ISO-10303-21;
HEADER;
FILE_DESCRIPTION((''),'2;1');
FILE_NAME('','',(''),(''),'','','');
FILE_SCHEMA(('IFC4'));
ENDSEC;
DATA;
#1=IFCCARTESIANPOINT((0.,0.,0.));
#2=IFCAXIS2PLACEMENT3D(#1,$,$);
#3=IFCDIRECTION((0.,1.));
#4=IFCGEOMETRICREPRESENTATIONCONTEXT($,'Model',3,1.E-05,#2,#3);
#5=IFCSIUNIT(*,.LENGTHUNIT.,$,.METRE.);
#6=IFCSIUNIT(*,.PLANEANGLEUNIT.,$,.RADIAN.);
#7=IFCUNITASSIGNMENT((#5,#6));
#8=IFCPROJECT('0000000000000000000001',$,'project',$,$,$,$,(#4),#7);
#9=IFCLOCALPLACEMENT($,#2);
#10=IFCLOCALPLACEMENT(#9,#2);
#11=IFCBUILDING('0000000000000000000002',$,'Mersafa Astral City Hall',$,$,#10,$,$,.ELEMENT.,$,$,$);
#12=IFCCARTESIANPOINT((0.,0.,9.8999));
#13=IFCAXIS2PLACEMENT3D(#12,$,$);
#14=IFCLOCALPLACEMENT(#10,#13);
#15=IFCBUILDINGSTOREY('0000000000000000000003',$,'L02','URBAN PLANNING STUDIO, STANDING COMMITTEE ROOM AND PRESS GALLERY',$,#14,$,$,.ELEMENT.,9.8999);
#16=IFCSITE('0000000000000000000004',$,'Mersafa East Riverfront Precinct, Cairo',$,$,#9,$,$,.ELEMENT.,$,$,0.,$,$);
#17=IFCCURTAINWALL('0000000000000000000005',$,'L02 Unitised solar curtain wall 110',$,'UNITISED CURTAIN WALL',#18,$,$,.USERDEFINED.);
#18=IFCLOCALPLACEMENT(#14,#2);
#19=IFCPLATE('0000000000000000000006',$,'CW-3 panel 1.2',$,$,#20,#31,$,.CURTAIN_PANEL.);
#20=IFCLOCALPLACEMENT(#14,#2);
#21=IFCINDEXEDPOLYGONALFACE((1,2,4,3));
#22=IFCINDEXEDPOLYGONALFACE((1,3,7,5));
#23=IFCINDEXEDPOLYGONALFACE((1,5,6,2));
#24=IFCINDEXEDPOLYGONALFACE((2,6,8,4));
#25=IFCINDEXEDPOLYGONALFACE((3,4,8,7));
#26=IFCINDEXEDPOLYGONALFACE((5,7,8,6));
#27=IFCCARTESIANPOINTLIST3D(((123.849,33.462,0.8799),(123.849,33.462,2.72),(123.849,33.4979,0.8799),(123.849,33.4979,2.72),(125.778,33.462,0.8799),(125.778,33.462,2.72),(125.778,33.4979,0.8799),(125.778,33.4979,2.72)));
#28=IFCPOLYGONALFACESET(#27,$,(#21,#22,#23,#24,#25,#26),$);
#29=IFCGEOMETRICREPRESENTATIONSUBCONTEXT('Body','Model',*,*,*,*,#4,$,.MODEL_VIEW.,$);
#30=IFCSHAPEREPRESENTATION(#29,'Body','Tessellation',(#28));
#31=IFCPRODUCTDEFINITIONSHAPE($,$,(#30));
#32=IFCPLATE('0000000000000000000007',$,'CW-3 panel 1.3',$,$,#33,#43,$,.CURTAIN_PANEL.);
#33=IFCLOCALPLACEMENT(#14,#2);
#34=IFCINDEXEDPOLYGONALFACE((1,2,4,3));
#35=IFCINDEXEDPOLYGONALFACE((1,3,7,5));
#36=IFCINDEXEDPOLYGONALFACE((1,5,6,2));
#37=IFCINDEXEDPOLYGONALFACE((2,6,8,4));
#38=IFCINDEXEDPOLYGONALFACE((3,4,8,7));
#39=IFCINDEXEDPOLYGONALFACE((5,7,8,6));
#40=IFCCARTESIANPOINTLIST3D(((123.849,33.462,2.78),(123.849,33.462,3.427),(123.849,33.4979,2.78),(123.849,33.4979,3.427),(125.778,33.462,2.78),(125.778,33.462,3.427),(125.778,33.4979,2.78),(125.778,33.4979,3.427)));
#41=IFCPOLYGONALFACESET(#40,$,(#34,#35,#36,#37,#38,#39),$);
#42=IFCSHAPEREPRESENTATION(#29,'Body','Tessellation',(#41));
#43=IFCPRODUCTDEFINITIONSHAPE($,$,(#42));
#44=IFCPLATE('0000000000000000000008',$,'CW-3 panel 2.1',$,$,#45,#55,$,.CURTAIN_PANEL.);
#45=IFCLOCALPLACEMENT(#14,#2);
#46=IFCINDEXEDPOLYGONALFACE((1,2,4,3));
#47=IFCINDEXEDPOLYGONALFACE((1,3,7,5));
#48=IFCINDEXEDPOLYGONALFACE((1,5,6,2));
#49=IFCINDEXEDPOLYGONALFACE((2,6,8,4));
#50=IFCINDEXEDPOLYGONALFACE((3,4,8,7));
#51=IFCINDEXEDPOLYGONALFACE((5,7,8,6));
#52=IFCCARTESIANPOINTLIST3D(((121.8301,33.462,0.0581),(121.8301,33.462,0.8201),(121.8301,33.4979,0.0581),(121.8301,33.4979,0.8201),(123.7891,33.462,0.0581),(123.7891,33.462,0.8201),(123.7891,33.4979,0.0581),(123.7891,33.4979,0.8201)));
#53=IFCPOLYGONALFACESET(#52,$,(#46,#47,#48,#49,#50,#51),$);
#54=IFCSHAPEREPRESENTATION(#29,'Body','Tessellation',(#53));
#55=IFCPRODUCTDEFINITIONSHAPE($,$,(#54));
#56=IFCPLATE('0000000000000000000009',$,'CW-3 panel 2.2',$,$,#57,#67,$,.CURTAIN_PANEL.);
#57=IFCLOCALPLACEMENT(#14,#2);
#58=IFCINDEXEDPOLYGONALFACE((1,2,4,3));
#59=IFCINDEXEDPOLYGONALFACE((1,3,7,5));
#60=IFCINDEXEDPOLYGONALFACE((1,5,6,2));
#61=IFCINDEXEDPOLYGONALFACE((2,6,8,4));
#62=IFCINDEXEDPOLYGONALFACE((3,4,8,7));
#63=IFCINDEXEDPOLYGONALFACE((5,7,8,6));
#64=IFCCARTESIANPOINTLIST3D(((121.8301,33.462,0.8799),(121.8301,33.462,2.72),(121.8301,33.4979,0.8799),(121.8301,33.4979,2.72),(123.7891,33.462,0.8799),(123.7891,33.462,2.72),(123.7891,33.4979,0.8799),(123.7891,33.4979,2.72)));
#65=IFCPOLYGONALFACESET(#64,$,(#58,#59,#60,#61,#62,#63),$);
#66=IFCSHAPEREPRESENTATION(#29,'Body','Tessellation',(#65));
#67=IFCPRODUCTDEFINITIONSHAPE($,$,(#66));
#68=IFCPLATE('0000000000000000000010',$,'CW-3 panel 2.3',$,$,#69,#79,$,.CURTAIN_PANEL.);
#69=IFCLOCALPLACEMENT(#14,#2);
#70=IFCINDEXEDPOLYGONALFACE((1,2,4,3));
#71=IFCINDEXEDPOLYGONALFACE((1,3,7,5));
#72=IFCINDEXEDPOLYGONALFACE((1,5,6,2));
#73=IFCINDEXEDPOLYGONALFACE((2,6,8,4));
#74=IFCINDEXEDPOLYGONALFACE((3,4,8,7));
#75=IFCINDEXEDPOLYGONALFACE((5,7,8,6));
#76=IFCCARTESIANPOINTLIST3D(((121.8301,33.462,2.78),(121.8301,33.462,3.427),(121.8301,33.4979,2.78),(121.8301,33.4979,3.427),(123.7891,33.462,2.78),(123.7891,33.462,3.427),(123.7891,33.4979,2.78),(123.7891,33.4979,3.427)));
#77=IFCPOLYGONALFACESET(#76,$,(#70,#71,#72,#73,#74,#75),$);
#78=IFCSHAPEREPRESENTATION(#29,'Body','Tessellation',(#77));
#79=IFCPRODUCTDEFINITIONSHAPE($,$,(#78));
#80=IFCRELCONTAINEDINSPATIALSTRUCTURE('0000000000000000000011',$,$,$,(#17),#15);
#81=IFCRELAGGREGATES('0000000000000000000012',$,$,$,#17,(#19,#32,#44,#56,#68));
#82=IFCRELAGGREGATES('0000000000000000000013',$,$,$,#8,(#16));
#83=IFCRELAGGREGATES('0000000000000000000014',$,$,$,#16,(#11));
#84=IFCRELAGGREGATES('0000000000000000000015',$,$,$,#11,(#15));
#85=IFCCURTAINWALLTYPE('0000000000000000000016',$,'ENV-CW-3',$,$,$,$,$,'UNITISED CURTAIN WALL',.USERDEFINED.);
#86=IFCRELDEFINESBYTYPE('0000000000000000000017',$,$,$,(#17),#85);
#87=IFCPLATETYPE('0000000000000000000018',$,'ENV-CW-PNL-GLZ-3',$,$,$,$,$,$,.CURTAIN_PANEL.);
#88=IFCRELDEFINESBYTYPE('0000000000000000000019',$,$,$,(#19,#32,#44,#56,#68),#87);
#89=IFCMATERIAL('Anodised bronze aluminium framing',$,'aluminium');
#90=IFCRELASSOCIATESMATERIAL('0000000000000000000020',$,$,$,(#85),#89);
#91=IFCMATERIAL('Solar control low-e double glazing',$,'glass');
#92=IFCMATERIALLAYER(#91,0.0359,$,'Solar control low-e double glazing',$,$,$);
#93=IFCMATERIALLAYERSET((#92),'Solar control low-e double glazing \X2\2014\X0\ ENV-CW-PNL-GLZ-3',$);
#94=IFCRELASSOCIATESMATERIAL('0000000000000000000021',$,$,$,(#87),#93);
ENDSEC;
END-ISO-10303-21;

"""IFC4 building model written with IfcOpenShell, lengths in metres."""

from ifc_helpers import new_model, si_unit, direction, frame, origin, origin_2d, place, context, subcontext, project, spatial, rectangle, extrude, material, layer, layer_set, type_object, element, aggregate, save


model = new_model("IFC4")

# Units and contexts
model_context = context("Model", 3, precision=1e-05, world=origin(), true_north=direction((0.0, 1.0)))
body_context = subcontext(model_context, "Body", "Model", "MODEL_VIEW")
ifc_project = project(units=[si_unit("LENGTHUNIT", "METRE"), si_unit("PLANEANGLEUNIT", "RADIAN")], contexts=[model_context])

# Site, building, storey
site_placement = place(None, origin())
site = spatial("IfcSite", under=ifc_project, at=site_placement, Name="Mersafa East Riverfront Precinct, Cairo", CompositionType="ELEMENT", RefElevation=0.0)
building_placement = place(site_placement, origin())
building = spatial("IfcBuilding", under=site, at=building_placement, Name="Mersafa Astral City Hall", CompositionType="ELEMENT")
storey_placement = place(building_placement, frame((0.0, 0.0, 9.8999)))
storey = spatial("IfcBuildingStorey", under=building, at=storey_placement, Name="L02", Description="URBAN PLANNING STUDIO, STANDING COMMITTEE ROOM AND PRESS GALLERY", CompositionType="ELEMENT", Elevation=9.8999)

# Shared definitions
ifc_material_1 = material(Name="Anodised bronze aluminium framing", Category="aluminium")

# Curtain wall
curtain_wall_type_1 = type_object("IfcCurtainWallType", Name="ENV-CW-3", ElementType="UNITISED CURTAIN WALL", PredefinedType="USERDEFINED", material=ifc_material_1)
curtain_wall_1_placement = place(storey_placement, origin())
curtain_wall_1 = element("IfcCurtainWall", 1, at=curtain_wall_1_placement, inside=storey, type_object=curtain_wall_type_1, Name="L02 Unitised solar curtain wall 110", ObjectType="UNITISED CURTAIN WALL", PredefinedType="USERDEFINED")

# Plates
ifc_material_2 = material(Name="Solar control low-e double glazing", Category="glass")
ifc_layer = layer(ifc_material_2, 0.0359, Name="Solar control low-e double glazing")
ifc_layer_set = layer_set([ifc_layer], Name="Solar control low-e double glazing — ENV-CW-PNL-GLZ-3")
plate_type = type_object("IfcPlateType", Name="ENV-CW-PNL-GLZ-3", PredefinedType="CURTAIN_PANEL", material=ifc_layer_set)
plate_1_placement = place(storey_placement, frame((124.8135, 33.48, 0.8799), z_axis=(0.0, 0.0, 1.0), x_axis=(-1.0, 0.0, 0.0)))
plate_1 = element("IfcPlate", 2, at=plate_1_placement, type_object=plate_type, Name="CW-3 panel 1.2", PredefinedType="CURTAIN_PANEL", context=body_context, shape_type="SweptSolid", body=[
    extrude(rectangle(XDim=1.929, YDim=0.0359, at=origin_2d()), origin(), (0.0, 0.0, 1.0), 1.8401),
])
plate_2_placement = place(storey_placement, frame((124.8135, 33.48, 2.78), z_axis=(0.0, 0.0, 1.0), x_axis=(-1.0, 0.0, 0.0)))
plate_2 = element("IfcPlate", 3, at=plate_2_placement, type_object=plate_type, Name="CW-3 panel 1.3", PredefinedType="CURTAIN_PANEL", context=body_context, shape_type="SweptSolid", body=[
    extrude(rectangle(XDim=1.929, YDim=0.0359, at=origin_2d()), origin(), (0.0, 0.0, 1.0), 0.647),
])
plate_3_placement = place(storey_placement, frame((122.8096, 33.48, 0.0581), z_axis=(0.0, 0.0, 1.0), x_axis=(-1.0, 0.0, 0.0)))
plate_3 = element("IfcPlate", 4, at=plate_3_placement, type_object=plate_type, Name="CW-3 panel 2.1", PredefinedType="CURTAIN_PANEL", context=body_context, shape_type="SweptSolid", body=[
    extrude(rectangle(XDim=1.959, YDim=0.0359, at=origin_2d()), origin(), (0.0, 0.0, 1.0), 0.762),
])
plate_4_placement = place(storey_placement, frame((122.8096, 33.48, 0.8799), z_axis=(0.0, 0.0, 1.0), x_axis=(-1.0, 0.0, 0.0)))
plate_4 = element("IfcPlate", 5, at=plate_4_placement, type_object=plate_type, Name="CW-3 panel 2.2", PredefinedType="CURTAIN_PANEL", context=body_context, shape_type="SweptSolid", body=[
    extrude(rectangle(XDim=1.959, YDim=0.0359, at=origin_2d()), origin(), (0.0, 0.0, 1.0), 1.8401),
])
plate_5_placement = place(storey_placement, frame((122.8096, 33.48, 2.78), z_axis=(0.0, 0.0, 1.0), x_axis=(-1.0, 0.0, 0.0)))
plate_5 = element("IfcPlate", 6, at=plate_5_placement, type_object=plate_type, Name="CW-3 panel 2.3", PredefinedType="CURTAIN_PANEL", context=body_context, shape_type="SweptSolid", body=[
    extrude(rectangle(XDim=1.959, YDim=0.0359, at=origin_2d()), origin(), (0.0, 0.0, 1.0), 0.647),
])
aggregate(curtain_wall_1, [plate_1, plate_2, plate_3, plate_4, plate_5])

save(model, "model.ifc")
